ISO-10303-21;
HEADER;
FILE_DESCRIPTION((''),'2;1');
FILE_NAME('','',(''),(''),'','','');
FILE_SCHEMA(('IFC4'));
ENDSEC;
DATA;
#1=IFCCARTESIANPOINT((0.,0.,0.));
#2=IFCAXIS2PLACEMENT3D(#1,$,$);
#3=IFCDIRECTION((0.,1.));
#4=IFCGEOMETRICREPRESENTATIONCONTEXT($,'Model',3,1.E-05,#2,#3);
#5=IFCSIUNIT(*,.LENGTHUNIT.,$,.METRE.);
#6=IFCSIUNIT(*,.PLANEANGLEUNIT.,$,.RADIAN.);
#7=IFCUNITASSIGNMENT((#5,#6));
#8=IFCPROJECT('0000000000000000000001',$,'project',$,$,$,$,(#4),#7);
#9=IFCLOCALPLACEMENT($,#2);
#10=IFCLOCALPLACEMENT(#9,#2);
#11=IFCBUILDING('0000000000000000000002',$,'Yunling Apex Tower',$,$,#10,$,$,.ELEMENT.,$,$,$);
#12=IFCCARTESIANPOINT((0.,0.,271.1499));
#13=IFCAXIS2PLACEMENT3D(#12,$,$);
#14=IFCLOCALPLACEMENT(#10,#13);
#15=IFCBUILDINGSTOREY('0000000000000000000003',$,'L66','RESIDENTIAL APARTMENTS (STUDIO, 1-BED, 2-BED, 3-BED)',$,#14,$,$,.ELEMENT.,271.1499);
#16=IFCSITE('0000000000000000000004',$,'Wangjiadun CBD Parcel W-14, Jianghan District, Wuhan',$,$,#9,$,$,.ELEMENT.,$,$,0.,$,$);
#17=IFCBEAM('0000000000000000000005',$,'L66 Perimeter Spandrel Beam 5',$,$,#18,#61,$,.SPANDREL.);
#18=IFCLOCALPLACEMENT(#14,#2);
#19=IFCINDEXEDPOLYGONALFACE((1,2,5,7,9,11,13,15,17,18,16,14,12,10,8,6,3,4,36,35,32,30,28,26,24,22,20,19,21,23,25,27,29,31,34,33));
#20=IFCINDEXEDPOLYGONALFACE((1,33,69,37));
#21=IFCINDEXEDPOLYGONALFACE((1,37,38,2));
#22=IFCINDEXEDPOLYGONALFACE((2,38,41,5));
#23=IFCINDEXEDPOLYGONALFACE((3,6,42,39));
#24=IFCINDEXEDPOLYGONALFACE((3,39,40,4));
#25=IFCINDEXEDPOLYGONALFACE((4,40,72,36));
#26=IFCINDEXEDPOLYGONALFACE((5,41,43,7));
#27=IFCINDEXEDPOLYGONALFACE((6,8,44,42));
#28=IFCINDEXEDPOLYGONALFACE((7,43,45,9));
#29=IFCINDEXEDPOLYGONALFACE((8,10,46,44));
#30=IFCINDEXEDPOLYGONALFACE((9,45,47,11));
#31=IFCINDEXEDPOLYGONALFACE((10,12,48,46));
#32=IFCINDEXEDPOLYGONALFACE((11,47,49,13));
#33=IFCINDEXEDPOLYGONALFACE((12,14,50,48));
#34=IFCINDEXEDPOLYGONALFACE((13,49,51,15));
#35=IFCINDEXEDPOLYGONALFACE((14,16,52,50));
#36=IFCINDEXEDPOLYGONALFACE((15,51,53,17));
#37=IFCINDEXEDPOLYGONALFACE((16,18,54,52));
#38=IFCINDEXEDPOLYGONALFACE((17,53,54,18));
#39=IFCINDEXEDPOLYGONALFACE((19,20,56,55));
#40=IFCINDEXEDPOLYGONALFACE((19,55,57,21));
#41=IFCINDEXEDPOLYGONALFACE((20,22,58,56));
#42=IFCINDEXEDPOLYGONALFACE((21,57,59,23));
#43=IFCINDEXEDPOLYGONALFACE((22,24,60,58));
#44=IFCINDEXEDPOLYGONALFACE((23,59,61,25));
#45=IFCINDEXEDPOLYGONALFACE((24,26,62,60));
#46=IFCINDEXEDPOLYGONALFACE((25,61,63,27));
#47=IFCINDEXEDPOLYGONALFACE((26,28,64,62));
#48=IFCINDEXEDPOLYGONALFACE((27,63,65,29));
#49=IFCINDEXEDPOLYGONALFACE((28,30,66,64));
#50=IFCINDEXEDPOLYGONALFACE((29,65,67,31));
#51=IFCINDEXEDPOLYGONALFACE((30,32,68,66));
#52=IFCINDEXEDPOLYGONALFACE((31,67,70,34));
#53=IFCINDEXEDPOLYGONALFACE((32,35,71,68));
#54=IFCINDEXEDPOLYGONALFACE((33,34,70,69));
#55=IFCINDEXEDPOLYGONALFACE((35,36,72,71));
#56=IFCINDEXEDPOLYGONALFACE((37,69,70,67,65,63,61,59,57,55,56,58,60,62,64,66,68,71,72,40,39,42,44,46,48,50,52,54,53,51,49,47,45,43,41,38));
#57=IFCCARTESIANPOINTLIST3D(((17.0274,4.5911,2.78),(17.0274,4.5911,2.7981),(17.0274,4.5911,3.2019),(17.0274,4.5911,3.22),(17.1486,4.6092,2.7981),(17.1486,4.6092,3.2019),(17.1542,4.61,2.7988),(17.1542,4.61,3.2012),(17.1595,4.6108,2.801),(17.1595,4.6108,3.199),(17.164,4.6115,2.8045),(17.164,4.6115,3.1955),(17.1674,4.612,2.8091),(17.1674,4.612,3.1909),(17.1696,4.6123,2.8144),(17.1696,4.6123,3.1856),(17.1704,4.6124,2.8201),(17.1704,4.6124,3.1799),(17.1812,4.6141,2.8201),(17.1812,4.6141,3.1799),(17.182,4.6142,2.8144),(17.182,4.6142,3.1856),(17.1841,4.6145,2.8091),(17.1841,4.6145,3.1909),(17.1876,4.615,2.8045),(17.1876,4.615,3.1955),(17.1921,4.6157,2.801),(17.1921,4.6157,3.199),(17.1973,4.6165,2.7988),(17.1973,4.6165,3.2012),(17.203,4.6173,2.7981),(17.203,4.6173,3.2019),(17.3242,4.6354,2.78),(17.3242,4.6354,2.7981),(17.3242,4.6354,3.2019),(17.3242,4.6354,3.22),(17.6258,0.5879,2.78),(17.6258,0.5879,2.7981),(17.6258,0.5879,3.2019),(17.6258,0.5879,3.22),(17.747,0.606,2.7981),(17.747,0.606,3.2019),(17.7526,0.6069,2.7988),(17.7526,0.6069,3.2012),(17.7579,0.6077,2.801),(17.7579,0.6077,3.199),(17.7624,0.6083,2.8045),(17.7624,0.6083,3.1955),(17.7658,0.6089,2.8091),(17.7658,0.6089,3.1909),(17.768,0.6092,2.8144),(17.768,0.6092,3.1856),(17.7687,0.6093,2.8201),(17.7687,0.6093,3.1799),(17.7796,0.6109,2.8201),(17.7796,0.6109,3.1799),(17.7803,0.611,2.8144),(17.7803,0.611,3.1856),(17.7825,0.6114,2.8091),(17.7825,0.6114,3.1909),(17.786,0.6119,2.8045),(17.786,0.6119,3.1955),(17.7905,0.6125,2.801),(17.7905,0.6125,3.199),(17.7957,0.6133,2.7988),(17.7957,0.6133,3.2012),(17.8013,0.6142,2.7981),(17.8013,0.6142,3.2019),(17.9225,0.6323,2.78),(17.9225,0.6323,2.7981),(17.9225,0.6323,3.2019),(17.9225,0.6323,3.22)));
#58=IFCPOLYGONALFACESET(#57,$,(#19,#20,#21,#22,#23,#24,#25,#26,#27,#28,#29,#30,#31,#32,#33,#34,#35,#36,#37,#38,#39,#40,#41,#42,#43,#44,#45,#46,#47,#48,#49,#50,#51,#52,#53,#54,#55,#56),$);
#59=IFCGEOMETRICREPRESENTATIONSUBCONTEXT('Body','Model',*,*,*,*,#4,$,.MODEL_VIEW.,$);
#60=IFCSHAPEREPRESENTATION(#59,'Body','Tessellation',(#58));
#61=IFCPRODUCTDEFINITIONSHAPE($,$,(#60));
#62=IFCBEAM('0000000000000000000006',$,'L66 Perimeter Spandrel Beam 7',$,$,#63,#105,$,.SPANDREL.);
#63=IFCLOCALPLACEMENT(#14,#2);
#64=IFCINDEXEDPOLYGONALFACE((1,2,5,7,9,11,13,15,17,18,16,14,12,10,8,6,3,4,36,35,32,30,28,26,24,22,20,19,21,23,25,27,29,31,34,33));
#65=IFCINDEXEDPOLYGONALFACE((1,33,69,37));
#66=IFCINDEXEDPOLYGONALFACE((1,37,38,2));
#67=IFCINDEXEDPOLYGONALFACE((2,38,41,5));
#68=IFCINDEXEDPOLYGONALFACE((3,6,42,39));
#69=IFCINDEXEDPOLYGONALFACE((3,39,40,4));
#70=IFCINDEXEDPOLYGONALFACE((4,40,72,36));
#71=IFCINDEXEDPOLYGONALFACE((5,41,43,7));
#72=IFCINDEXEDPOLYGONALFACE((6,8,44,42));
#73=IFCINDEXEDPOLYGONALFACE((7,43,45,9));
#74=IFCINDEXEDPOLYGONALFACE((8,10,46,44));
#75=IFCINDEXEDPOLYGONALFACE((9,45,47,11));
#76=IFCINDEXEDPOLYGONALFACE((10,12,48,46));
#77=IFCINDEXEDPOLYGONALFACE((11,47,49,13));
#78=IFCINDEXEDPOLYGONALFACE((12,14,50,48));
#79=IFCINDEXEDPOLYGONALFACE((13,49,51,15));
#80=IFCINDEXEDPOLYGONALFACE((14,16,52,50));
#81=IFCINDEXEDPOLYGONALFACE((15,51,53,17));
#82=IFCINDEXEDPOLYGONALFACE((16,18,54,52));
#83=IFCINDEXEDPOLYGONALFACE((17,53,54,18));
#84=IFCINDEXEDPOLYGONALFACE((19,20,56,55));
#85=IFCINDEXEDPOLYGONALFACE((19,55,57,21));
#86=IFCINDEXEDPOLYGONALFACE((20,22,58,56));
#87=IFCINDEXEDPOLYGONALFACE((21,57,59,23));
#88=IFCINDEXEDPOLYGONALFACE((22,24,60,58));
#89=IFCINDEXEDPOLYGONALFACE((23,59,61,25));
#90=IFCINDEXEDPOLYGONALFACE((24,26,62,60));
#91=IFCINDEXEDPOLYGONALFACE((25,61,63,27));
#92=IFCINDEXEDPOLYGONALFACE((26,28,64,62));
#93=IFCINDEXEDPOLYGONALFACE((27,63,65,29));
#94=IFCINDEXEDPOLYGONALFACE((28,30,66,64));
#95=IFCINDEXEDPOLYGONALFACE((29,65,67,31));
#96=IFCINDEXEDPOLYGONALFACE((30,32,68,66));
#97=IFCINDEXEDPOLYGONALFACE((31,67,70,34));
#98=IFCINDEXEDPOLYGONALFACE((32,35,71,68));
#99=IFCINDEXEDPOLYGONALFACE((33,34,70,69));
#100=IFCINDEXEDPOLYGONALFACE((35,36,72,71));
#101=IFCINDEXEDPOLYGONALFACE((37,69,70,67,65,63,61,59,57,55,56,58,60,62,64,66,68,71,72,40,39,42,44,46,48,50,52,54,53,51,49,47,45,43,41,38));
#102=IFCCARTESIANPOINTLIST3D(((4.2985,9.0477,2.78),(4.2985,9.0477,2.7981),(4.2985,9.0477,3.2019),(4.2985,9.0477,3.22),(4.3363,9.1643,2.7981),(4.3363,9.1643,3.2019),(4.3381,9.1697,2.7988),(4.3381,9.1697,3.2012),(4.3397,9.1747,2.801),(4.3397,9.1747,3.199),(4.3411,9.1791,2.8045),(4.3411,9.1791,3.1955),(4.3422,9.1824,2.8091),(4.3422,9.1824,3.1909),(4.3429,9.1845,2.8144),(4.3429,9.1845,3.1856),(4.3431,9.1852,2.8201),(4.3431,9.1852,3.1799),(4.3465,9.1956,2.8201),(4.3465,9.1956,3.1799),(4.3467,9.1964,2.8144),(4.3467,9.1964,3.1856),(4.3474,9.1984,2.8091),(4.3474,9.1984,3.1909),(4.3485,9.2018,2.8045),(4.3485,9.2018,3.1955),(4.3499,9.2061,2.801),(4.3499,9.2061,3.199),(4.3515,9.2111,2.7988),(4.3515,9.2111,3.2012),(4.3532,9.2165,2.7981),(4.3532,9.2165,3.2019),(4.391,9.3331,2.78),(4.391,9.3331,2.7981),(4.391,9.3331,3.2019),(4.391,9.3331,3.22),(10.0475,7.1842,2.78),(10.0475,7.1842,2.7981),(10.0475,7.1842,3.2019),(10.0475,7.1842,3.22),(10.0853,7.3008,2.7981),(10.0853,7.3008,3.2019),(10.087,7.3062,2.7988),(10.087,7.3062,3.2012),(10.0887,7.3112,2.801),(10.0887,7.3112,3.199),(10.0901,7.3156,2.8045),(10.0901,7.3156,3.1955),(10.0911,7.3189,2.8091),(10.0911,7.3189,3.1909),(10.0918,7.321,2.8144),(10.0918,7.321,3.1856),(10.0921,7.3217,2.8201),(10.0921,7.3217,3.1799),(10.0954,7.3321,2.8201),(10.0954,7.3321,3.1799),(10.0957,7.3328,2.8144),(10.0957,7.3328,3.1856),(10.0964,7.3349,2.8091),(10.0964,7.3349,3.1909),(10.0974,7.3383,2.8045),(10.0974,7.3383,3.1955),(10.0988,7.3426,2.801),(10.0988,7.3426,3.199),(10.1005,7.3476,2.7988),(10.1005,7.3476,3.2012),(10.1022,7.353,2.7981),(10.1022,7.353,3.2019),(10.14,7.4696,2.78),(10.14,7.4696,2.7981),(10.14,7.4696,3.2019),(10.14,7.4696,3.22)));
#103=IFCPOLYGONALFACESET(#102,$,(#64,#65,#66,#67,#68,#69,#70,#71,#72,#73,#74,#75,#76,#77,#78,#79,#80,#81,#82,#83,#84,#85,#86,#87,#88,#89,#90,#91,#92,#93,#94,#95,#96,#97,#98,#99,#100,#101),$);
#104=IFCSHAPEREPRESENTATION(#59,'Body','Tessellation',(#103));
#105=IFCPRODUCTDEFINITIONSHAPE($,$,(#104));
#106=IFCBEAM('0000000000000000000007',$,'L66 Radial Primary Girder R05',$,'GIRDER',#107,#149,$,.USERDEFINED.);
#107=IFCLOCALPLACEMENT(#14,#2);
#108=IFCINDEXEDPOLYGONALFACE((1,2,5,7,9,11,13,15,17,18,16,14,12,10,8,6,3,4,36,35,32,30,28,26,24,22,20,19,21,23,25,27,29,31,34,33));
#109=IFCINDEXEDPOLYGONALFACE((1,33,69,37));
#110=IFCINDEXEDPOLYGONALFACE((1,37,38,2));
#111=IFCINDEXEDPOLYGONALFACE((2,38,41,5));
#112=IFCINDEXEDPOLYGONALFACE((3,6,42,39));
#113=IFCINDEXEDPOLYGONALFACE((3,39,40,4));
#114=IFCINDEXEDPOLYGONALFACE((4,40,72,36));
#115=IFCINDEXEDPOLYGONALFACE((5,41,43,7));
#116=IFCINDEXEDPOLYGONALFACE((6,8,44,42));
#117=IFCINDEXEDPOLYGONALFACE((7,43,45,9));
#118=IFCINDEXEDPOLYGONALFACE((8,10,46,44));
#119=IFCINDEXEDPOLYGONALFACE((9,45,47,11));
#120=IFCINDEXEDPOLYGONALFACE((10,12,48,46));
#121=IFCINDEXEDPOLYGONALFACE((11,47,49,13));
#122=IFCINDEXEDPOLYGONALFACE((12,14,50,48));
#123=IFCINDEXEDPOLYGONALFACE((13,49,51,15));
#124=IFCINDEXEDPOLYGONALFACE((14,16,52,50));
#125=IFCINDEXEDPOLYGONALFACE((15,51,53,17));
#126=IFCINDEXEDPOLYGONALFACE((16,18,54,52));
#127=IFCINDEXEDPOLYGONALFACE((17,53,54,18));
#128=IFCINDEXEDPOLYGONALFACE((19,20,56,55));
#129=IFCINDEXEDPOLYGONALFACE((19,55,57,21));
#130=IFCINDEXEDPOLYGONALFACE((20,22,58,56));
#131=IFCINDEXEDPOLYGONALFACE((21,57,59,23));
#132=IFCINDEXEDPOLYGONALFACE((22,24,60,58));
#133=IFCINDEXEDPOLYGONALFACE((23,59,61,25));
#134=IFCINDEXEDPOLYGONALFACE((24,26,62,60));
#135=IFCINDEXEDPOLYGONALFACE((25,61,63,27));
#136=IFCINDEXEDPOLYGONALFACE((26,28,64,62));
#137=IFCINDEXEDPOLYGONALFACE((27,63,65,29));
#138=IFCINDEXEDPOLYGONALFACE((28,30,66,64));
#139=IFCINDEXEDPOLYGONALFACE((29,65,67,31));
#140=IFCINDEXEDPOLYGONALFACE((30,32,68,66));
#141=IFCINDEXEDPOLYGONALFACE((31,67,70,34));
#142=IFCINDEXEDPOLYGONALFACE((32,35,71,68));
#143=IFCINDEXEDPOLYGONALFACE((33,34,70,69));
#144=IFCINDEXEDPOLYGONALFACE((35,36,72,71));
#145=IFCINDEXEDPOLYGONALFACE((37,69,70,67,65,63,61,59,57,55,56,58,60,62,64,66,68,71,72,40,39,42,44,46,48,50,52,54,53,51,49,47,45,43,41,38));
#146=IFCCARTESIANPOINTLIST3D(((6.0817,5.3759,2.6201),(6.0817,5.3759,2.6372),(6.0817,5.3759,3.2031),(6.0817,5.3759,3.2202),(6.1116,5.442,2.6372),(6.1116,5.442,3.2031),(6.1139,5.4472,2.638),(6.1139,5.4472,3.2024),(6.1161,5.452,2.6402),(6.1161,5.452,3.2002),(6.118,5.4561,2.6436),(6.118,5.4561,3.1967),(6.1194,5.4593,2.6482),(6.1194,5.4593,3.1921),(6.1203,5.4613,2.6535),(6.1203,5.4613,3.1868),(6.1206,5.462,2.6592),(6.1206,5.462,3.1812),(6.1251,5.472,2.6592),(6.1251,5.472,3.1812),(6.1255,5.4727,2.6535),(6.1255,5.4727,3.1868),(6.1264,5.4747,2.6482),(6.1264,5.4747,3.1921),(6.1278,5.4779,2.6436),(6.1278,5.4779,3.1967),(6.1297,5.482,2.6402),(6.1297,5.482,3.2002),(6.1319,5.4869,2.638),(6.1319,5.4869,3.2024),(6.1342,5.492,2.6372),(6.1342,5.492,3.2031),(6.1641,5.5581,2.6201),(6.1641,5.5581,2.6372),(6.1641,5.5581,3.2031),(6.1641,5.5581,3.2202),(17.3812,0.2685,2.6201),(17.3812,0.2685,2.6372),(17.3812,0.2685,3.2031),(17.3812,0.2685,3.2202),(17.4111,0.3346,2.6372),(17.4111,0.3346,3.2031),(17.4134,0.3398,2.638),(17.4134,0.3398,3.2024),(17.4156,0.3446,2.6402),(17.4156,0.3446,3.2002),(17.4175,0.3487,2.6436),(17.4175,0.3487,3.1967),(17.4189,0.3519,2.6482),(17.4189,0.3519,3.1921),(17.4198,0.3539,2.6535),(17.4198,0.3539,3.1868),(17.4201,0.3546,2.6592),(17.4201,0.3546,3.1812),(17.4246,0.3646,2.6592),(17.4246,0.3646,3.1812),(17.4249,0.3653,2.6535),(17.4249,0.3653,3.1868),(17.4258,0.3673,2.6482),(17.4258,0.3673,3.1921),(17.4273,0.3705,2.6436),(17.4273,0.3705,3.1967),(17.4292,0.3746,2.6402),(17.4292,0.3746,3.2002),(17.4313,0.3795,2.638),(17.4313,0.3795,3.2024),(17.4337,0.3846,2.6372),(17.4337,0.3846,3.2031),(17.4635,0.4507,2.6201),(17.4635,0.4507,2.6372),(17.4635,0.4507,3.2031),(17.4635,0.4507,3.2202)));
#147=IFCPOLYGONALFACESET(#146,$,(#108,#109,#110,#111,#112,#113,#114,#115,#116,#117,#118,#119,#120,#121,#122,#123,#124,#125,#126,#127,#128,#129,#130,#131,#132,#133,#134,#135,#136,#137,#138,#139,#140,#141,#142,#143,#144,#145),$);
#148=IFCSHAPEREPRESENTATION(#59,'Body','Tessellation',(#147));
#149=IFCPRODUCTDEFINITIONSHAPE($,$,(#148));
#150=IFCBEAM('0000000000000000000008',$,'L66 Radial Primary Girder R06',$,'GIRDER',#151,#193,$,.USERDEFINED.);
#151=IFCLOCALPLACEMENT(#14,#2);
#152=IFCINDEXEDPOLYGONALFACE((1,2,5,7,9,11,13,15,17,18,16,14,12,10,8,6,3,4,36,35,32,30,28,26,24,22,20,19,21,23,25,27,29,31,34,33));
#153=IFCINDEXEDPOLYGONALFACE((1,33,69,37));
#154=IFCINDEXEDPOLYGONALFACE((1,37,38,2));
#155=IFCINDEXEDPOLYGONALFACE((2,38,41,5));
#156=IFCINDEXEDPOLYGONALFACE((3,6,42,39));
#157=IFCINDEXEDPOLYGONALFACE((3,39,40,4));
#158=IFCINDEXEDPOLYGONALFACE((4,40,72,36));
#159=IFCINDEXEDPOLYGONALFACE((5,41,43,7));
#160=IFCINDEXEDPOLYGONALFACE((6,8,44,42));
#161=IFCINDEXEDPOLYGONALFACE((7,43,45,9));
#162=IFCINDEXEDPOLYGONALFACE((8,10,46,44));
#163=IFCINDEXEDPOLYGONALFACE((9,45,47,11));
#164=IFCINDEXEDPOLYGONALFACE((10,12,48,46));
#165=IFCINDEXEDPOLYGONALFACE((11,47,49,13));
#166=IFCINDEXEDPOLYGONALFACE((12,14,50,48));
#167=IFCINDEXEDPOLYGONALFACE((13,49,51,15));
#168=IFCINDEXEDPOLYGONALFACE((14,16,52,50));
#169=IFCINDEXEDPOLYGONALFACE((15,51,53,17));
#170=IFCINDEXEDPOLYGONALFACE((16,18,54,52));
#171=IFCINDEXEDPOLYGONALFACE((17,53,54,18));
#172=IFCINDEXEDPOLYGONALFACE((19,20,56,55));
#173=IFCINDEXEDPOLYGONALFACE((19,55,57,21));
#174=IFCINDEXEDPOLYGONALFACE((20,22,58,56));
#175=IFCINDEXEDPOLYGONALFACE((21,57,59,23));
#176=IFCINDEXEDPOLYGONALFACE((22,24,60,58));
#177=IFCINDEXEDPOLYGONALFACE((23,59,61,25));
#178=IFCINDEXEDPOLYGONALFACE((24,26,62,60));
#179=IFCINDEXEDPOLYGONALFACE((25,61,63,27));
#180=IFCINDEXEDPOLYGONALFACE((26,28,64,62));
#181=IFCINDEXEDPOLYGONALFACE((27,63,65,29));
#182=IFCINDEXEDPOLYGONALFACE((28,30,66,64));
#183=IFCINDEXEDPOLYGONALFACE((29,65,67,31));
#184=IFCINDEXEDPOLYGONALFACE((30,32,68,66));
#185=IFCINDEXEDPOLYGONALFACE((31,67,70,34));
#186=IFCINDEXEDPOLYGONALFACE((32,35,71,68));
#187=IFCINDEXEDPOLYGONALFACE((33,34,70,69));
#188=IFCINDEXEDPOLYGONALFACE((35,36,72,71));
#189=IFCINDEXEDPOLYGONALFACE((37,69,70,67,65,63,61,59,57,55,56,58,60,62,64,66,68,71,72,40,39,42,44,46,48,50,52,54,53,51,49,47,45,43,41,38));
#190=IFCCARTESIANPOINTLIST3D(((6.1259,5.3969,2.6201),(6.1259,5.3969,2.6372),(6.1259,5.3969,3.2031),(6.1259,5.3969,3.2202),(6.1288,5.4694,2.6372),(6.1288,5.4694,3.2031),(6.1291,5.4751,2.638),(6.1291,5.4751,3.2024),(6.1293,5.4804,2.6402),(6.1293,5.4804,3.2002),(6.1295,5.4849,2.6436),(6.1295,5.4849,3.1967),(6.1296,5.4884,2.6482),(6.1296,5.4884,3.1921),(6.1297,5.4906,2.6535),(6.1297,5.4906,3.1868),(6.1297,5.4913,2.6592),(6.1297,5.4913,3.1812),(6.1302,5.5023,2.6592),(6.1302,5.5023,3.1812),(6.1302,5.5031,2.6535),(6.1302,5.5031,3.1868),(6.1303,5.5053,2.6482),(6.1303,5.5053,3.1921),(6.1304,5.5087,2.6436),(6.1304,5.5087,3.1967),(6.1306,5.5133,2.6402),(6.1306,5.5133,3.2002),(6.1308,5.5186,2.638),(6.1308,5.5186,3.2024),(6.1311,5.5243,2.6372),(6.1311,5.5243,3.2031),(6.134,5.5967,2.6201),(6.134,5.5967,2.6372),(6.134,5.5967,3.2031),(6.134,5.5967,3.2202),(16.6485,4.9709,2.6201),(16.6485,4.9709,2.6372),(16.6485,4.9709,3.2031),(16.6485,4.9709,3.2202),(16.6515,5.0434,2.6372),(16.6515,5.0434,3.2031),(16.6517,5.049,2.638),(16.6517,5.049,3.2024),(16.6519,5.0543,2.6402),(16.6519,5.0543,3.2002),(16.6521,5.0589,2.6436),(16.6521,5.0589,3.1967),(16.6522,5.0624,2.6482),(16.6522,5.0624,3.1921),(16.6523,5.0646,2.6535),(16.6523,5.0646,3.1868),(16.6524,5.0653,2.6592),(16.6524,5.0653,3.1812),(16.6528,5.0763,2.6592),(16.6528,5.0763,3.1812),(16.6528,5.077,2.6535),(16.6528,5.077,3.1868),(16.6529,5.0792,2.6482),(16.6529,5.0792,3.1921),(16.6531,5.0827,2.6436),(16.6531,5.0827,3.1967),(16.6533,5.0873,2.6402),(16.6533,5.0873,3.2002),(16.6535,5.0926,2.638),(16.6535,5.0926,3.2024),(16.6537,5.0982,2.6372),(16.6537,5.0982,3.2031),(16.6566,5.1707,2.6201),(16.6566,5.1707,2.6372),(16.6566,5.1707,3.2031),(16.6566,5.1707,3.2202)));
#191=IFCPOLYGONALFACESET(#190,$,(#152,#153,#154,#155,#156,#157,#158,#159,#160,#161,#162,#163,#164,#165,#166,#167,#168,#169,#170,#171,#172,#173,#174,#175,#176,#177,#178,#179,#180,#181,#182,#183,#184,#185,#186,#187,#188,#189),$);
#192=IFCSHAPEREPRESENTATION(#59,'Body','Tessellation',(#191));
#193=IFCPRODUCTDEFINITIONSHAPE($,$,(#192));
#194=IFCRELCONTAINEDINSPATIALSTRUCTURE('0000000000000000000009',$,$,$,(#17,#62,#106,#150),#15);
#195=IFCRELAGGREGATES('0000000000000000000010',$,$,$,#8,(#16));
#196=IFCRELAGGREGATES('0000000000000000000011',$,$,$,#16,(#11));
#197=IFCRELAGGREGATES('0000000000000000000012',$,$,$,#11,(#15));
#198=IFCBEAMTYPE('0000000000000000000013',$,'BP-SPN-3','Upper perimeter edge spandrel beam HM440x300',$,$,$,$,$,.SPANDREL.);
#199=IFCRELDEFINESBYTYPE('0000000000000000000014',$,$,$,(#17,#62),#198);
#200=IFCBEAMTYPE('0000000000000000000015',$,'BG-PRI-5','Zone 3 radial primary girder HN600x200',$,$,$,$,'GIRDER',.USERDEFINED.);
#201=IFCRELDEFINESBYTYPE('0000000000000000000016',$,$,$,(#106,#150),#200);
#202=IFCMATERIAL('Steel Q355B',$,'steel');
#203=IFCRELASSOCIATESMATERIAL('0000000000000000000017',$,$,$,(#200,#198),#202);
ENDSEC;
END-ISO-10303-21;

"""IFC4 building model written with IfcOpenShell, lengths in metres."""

from ifc_helpers import new_model, si_unit, direction, frame, origin, origin_2d, place, context, subcontext, project, spatial, i_section, extrude, source, transform, mapped, material, material_profile, profile_set, type_object, element, save


model = new_model("IFC4")

# Units and contexts
model_context = context("Model", 3, precision=1e-05, world=origin(), true_north=direction((0.0, 1.0)))
body_context = subcontext(model_context, "Body", "Model", "MODEL_VIEW")
ifc_project = project(units=[si_unit("LENGTHUNIT", "METRE"), si_unit("PLANEANGLEUNIT", "RADIAN")], contexts=[model_context])

# Site, building, storey
site_placement = place(None, origin())
site = spatial("IfcSite", under=ifc_project, at=site_placement, Name="Wangjiadun CBD Parcel W-14, Jianghan District, Wuhan", CompositionType="ELEMENT", RefElevation=0.0)
building_placement = place(site_placement, origin())
building = spatial("IfcBuilding", under=site, at=building_placement, Name="Yunling Apex Tower", CompositionType="ELEMENT")
storey_placement = place(building_placement, frame((0.0, 0.0, 271.1499)))
storey = spatial("IfcBuildingStorey", under=building, at=storey_placement, Name="L66", Description="RESIDENTIAL APARTMENTS (STUDIO, 1-BED, 2-BED, 3-BED)", CompositionType="ELEMENT", Elevation=271.1499)

# Shared definitions
ifc_material_1 = material(Name="Steel Q355B", Category="steel")

# Beams
ifc_material_profile_1 = material_profile(ifc_material_1, i_section(OverallWidth=0.2, OverallDepth=0.6001, WebThickness=0.011, FlangeThickness=0.0171, FilletRadius=0.022, at=origin_2d()))
ifc_profile_set_1 = profile_set([ifc_material_profile_1], Name="Steel Q355B")
beam_type_1 = type_object("IfcBeamType", Name="BG-PRI-5", Description="Zone 3 radial primary girder HN600x200", ElementType="GIRDER", PredefinedType="USERDEFINED", material=ifc_profile_set_1)
ifc_material_profile_2 = material_profile(ifc_material_1, i_section(OverallWidth=0.3, OverallDepth=0.4399, WebThickness=0.011, FlangeThickness=0.0181, FilletRadius=0.022, at=origin_2d()))
ifc_profile_set_2 = profile_set([ifc_material_profile_2], Name="Steel Q355B")
beam_type_2 = type_object("IfcBeamType", Name="BP-SPN-3", Description="Upper perimeter edge spandrel beam HM440x300", PredefinedType="SPANDREL", material=ifc_profile_set_2)
shared_shape_1 = source(origin(), body_context, "Body", "SweptSolid", [
    extrude(i_section(OverallWidth=0.3, OverallDepth=0.4399, WebThickness=0.011, FlangeThickness=0.0181, FilletRadius=0.022, at=origin_2d()), origin(), (0.0, 0.0, 1.0), 4.0476),
])
beam_1_placement = place(storey_placement, frame((17.7742, 0.6101, 3.0), z_axis=(-0.147836, 0.989012, 0.0), x_axis=(-0.989012, -0.147836, 0.0)))
element("IfcBeam", 1, at=beam_1_placement, inside=storey, type_object=beam_type_2, Name="L66 Perimeter Spandrel Beam 5", PredefinedType="SPANDREL", context=body_context, shape_type="MappedRepresentation", body=[
    mapped(shared_shape_1, transform((0.0, 0.0, 0.0), scale=1.0)),
])
shared_shape_2 = source(origin(), body_context, "Body", "SweptSolid", [
    extrude(i_section(OverallWidth=0.3, OverallDepth=0.4399, WebThickness=0.011, FlangeThickness=0.0181, FilletRadius=0.022, at=origin_2d()), origin(), (0.0, 0.0, 1.0), 6.0435),
])
beam_2_placement = place(storey_placement, frame((10.0938, 7.3269, 3.0), z_axis=(-0.951272, 0.308352, 0.0), x_axis=(-0.308352, -0.951272, 0.0)))
element("IfcBeam", 2, at=beam_2_placement, inside=storey, type_object=beam_type_2, Name="L66 Perimeter Spandrel Beam 7", PredefinedType="SPANDREL", context=body_context, shape_type="MappedRepresentation", body=[
    mapped(shared_shape_2, transform((0.0, 0.0, 0.0), scale=1.0)),
])
shared_shape_3 = source(origin(), body_context, "Body", "SweptSolid", [
    extrude(i_section(OverallWidth=0.2, OverallDepth=0.6001, WebThickness=0.011, FlangeThickness=0.0171, FilletRadius=0.022, at=origin_2d()), origin(), (0.0, 0.0, 1.0), 12.4001),
])
beam_3_placement = place(storey_placement, frame((17.4224, 0.3596, 2.9202), z_axis=(-0.911238, 0.411881, 0.0), x_axis=(-0.411881, -0.911238, 0.0)))
element("IfcBeam", 3, at=beam_3_placement, inside=storey, type_object=beam_type_1, Name="L66 Radial Primary Girder R05", ObjectType="GIRDER", PredefinedType="USERDEFINED", context=body_context, shape_type="MappedRepresentation", body=[
    mapped(shared_shape_3, transform((0.0, 0.0, 0.0), scale=1.0)),
])
shared_shape_4 = source(origin(), body_context, "Body", "SweptSolid", [
    extrude(i_section(OverallWidth=0.2, OverallDepth=0.6001, WebThickness=0.011, FlangeThickness=0.0171, FilletRadius=0.022, at=origin_2d()), origin(), (0.0, 0.0, 1.0), 10.5312),
])
beam_4_placement = place(storey_placement, frame((16.6526, 5.0708, 2.9202), z_axis=(-0.999181, 0.040453, 0.0), x_axis=(-0.040453, -0.999181, 0.0)))
element("IfcBeam", 4, at=beam_4_placement, inside=storey, type_object=beam_type_1, Name="L66 Radial Primary Girder R06", ObjectType="GIRDER", PredefinedType="USERDEFINED", context=body_context, shape_type="MappedRepresentation", body=[
    mapped(shared_shape_4, transform((0.0, 0.0, 0.0), scale=1.0)),
])

save(model, "model.ifc")
